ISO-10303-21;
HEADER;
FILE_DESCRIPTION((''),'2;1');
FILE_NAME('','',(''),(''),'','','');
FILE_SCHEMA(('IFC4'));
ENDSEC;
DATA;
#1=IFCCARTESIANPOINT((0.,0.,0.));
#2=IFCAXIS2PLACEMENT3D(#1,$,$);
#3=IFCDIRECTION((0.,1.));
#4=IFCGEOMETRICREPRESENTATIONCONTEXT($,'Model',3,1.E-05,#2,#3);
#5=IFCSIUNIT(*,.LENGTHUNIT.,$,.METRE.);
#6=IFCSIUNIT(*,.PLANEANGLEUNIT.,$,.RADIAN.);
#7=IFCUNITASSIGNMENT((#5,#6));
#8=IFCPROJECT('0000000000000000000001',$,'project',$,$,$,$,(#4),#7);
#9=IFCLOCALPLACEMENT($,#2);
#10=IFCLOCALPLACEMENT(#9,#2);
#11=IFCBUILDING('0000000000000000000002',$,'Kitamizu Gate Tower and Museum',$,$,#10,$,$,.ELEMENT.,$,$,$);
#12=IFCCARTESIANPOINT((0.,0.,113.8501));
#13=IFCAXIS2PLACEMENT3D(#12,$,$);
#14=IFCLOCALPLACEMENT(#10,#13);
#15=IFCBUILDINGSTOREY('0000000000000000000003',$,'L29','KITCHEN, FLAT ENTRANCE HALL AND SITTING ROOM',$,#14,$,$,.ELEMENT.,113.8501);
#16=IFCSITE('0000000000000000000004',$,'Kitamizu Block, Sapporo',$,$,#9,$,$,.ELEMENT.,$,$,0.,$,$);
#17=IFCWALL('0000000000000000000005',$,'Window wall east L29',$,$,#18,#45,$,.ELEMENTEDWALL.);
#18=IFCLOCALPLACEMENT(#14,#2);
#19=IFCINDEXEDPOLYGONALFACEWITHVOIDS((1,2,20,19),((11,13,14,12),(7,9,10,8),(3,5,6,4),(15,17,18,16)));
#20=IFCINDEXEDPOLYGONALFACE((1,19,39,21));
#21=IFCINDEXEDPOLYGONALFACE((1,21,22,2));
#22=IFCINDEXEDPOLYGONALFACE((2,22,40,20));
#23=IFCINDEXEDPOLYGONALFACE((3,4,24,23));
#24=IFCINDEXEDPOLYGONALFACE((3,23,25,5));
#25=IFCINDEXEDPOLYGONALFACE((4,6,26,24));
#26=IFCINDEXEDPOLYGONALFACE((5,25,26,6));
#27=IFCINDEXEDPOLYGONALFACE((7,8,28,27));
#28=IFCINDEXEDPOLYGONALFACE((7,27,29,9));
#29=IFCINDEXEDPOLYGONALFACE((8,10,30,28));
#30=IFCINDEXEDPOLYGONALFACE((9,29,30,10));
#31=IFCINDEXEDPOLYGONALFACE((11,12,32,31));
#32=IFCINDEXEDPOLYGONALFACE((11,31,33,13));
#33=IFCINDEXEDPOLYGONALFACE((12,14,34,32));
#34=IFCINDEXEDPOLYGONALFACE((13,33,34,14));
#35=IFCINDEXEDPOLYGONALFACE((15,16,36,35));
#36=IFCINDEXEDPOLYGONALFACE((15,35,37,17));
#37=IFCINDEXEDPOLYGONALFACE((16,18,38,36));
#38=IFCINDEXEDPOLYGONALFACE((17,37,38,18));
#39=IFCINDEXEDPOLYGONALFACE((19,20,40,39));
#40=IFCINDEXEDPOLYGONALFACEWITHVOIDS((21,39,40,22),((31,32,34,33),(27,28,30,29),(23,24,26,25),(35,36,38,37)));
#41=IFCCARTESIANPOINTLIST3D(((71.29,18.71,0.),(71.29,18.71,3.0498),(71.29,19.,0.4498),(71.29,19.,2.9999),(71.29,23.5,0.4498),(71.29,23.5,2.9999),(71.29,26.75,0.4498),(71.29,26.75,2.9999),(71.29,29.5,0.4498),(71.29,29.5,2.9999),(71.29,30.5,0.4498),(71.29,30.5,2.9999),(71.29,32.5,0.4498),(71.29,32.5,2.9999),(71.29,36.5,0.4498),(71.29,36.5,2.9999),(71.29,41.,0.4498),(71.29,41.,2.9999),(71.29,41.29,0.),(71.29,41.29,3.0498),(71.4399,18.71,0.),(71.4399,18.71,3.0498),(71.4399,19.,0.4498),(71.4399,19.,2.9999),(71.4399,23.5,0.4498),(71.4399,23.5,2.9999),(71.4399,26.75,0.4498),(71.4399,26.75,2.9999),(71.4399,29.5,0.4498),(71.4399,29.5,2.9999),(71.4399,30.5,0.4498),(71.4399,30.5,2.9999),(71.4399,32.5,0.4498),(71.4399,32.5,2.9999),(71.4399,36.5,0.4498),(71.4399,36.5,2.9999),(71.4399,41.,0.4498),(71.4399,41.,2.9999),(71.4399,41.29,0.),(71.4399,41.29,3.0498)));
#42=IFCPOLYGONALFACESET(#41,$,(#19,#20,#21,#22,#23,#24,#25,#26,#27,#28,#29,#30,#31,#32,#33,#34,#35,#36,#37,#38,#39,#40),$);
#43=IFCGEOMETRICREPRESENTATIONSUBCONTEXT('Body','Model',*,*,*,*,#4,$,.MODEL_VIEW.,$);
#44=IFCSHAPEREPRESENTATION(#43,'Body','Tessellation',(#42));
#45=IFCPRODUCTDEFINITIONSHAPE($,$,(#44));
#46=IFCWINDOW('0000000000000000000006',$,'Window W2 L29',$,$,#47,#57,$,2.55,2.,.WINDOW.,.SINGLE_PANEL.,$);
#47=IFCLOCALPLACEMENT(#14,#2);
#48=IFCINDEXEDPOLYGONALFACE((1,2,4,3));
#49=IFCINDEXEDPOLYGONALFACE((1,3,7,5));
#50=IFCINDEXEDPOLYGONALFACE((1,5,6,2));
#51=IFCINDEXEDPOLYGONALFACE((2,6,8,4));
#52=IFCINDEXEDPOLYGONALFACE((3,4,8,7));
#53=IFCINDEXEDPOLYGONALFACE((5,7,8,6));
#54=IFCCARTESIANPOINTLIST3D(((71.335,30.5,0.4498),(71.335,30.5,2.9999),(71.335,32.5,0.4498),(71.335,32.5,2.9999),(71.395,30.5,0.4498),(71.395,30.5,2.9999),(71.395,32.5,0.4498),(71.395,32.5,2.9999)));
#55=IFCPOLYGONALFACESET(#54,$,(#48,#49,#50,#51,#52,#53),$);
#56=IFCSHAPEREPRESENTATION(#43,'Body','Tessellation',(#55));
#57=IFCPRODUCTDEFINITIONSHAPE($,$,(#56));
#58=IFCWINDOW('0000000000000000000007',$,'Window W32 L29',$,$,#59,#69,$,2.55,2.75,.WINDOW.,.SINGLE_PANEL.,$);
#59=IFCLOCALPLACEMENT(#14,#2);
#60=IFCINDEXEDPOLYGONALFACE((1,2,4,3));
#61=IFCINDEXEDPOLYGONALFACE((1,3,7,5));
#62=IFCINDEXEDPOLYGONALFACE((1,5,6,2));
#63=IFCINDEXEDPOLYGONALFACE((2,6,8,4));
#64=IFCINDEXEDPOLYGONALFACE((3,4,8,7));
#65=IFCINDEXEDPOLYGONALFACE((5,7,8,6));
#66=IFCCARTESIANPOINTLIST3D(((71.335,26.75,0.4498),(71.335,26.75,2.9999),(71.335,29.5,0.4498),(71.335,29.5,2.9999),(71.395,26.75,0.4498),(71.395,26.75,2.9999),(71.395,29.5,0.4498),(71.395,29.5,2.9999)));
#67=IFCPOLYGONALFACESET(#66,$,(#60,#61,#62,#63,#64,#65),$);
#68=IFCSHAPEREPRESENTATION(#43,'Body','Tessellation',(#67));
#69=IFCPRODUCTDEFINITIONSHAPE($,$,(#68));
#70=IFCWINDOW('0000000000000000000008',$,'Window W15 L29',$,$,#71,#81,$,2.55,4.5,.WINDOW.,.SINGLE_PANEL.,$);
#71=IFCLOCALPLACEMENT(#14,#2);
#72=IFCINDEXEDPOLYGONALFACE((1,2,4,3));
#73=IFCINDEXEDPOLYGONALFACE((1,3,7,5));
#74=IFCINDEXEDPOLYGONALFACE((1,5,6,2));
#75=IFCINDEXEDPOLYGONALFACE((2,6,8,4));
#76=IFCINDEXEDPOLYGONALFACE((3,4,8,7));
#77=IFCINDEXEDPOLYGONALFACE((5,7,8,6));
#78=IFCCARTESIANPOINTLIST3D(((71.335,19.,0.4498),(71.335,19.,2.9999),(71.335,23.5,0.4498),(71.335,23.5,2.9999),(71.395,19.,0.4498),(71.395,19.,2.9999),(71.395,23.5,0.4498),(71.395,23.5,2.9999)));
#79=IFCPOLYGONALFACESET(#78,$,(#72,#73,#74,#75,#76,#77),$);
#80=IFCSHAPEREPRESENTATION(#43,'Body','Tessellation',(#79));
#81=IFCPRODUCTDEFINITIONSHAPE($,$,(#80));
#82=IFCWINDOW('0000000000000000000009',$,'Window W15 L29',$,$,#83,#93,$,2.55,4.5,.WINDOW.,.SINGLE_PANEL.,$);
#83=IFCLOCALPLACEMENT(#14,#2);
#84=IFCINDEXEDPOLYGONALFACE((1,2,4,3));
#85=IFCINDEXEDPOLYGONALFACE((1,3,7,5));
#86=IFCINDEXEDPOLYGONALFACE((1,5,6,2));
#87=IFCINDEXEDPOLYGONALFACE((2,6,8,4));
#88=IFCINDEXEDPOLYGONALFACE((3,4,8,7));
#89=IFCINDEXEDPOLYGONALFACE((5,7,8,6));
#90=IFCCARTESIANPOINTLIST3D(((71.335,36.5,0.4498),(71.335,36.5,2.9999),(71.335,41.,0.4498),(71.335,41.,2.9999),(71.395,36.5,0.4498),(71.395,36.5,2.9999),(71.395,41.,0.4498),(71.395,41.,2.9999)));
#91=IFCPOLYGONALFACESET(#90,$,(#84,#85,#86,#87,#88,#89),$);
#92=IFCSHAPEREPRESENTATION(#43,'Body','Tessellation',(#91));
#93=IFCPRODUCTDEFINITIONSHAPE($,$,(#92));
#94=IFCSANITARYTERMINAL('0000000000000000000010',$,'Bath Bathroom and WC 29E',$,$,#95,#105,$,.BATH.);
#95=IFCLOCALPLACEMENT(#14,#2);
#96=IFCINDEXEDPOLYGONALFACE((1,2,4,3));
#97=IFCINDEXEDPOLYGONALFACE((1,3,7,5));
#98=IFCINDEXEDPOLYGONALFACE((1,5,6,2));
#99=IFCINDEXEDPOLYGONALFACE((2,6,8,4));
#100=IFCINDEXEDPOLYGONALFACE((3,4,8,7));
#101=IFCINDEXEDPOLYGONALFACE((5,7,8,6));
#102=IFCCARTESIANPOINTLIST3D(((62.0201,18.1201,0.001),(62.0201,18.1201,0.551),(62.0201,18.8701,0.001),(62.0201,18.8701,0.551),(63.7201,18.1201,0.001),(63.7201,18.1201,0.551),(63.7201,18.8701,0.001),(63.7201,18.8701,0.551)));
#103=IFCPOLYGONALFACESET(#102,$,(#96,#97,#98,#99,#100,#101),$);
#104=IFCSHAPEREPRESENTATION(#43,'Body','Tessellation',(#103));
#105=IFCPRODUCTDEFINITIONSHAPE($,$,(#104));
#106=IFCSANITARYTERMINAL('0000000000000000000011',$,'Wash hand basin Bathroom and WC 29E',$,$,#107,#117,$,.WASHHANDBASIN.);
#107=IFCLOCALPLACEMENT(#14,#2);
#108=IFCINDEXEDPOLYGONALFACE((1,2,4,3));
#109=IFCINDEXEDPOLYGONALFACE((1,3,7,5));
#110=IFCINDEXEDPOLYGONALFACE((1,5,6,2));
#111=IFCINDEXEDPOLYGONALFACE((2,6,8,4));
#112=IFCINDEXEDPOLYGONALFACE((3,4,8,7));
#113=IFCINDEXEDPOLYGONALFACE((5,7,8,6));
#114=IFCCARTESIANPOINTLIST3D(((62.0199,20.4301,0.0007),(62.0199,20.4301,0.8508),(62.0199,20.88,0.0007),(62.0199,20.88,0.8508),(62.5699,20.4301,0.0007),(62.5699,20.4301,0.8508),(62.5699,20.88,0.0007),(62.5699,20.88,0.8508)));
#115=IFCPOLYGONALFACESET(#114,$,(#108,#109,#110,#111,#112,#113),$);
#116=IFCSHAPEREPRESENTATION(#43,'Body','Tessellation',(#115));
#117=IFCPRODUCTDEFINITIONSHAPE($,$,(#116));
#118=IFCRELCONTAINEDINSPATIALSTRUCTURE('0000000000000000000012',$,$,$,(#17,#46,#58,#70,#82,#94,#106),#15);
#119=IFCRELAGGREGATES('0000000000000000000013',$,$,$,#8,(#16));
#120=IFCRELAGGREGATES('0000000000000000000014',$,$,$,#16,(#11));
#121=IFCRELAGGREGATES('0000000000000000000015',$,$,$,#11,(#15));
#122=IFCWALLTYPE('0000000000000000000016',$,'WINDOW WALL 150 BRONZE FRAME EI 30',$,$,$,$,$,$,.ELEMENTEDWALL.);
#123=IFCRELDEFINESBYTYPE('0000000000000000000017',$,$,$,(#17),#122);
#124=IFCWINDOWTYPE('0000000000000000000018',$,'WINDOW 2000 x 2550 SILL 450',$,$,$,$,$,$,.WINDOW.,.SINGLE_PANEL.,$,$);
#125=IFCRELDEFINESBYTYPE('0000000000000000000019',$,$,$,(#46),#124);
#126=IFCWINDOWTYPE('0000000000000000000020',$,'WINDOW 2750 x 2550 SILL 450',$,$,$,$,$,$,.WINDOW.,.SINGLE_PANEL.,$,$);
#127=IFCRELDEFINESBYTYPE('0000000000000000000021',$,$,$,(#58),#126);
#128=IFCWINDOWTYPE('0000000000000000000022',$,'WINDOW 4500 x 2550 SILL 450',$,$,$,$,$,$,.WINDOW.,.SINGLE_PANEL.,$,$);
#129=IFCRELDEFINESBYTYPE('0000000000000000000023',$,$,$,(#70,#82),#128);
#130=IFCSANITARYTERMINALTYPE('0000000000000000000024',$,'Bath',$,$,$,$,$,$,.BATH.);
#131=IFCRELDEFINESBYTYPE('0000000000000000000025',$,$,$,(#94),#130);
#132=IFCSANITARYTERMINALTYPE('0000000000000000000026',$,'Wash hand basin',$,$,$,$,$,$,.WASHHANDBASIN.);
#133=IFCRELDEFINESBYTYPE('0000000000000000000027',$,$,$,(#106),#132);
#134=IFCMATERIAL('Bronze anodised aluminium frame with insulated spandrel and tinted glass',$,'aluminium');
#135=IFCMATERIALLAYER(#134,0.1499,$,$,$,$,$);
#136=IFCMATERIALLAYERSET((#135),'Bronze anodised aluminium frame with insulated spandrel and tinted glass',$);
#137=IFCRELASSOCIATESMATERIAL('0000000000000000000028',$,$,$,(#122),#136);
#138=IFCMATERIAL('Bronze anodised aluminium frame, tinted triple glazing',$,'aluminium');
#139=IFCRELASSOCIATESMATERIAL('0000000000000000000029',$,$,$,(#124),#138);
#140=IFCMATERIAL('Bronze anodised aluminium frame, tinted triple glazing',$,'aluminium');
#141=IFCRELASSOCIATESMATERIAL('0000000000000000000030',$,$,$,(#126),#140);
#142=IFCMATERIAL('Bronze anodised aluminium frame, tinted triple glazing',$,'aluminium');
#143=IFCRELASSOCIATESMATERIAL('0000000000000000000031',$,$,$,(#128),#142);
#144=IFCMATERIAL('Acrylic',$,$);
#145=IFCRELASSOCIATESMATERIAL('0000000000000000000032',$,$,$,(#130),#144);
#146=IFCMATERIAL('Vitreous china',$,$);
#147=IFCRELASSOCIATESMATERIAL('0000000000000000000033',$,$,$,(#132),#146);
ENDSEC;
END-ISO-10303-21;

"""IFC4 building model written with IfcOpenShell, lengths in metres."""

from ifc_helpers import new_model, si_unit, direction, frame, frame_2d, origin, origin_2d, place, context, subcontext, project, spatial, rectangle, extrude, material, layer, layer_set, type_object, element, fill, save


model = new_model("IFC4")

# Units and contexts
model_context = context("Model", 3, precision=1e-05, world=origin(), true_north=direction((0.0, 1.0)))
body_context = subcontext(model_context, "Body", "Model", "MODEL_VIEW")
ifc_project = project(units=[si_unit("LENGTHUNIT", "METRE"), si_unit("PLANEANGLEUNIT", "RADIAN")], contexts=[model_context])

# Site, building, storey
site_placement = place(None, origin())
site = spatial("IfcSite", under=ifc_project, at=site_placement, Name="Kitamizu Block, Sapporo", CompositionType="ELEMENT", RefElevation=0.0)
building_placement = place(site_placement, origin())
building = spatial("IfcBuilding", under=site, at=building_placement, Name="Kitamizu Gate Tower and Museum", CompositionType="ELEMENT")
storey_placement = place(building_placement, frame((0.0, 0.0, 113.8501)))
storey = spatial("IfcBuildingStorey", under=building, at=storey_placement, Name="L29", Description="KITCHEN, FLAT ENTRANCE HALL AND SITTING ROOM", CompositionType="ELEMENT", Elevation=113.8501)

# Shared definitions
ifc_material_1 = material(Name="Bronze anodised aluminium frame with insulated spandrel and tinted glass", Category="aluminium")
ifc_layer_1 = layer(ifc_material_1, 0.1499)
ifc_layer_set_1 = layer_set([ifc_layer_1], Name="Bronze anodised aluminium frame with insulated spandrel and tinted glass")
wall_type_1 = type_object("IfcWallType", Name="WINDOW WALL 150 BRONZE FRAME EI 30", PredefinedType="ELEMENTEDWALL", material=ifc_layer_set_1)

# Wall, openings, windows
wall_1_placement = place(storey_placement, frame((71.365, 18.71, 0.0), z_axis=(0.0, 0.0, 1.0), x_axis=(0.0, 1.0, 0.0)))
wall_1 = element("IfcWall", 1, at=wall_1_placement, inside=storey, type_object=wall_type_1, Name="Window wall east L29", PredefinedType="ELEMENTEDWALL", context=body_context, shape_type="SweptSolid", body=[
    extrude(rectangle(XDim=22.5801, YDim=0.1499, at=frame_2d((11.29, 0.0))), origin(), (0.0, 0.0, 1.0), 3.0498),
])
opening_1_placement = place(wall_1_placement, frame((0.29, 0.0, 0.45)))
opening_1 = element("IfcOpeningElement", 2, at=opening_1_placement, cuts=wall_1, PredefinedType="OPENING", context=body_context, shape_type="SweptSolid", body=[
    extrude(rectangle(XDim=4.5, YDim=2.55, at=frame_2d((2.25, 1.2749))), frame((0.0, 0.085, 0.0), z_axis=(0.0, -1.0, 0.0), x_axis=(1.0, 0.0, 0.0)), (0.0, 0.0, 1.0), 0.1699),
])
opening_2_placement = place(wall_1_placement, frame((8.04, 0.0, 0.45)))
opening_2 = element("IfcOpeningElement", 3, at=opening_2_placement, cuts=wall_1, PredefinedType="OPENING", context=body_context, shape_type="SweptSolid", body=[
    extrude(rectangle(XDim=2.75, YDim=2.55, at=frame_2d((1.375, 1.2749))), frame((0.0, 0.085, 0.0), z_axis=(0.0, -1.0, 0.0), x_axis=(1.0, 0.0, 0.0)), (0.0, 0.0, 1.0), 0.1699),
])
opening_3_placement = place(wall_1_placement, frame((11.79, 0.0, 0.45)))
opening_3 = element("IfcOpeningElement", 4, at=opening_3_placement, cuts=wall_1, PredefinedType="OPENING", context=body_context, shape_type="SweptSolid", body=[
    extrude(rectangle(XDim=2.0, YDim=2.55, at=frame_2d((1.0, 1.2749))), frame((0.0, 0.085, 0.0), z_axis=(0.0, -1.0, 0.0), x_axis=(1.0, 0.0, 0.0)), (0.0, 0.0, 1.0), 0.1699),
])
opening_4_placement = place(wall_1_placement, frame((17.79, 0.0, 0.45)))
opening_4 = element("IfcOpeningElement", 5, at=opening_4_placement, cuts=wall_1, PredefinedType="OPENING", context=body_context, shape_type="SweptSolid", body=[
    extrude(rectangle(XDim=4.5, YDim=2.55, at=frame_2d((2.25, 1.2749))), frame((0.0, 0.085, 0.0), z_axis=(0.0, -1.0, 0.0), x_axis=(1.0, 0.0, 0.0)), (0.0, 0.0, 1.0), 0.1699),
])
ifc_material_2 = material(Name="Bronze anodised aluminium frame, tinted triple glazing", Category="aluminium")
window_type_1 = type_object("IfcWindowType", Name="WINDOW 2000 x 2550 SILL 450", PartitioningType="SINGLE_PANEL", PredefinedType="WINDOW", material=ifc_material_2)
window_1_placement = place(opening_3_placement, origin())
window_1 = element("IfcWindow", 6, at=window_1_placement, inside=storey, type_object=window_type_1, Name="Window W2 L29", OverallHeight=2.55, OverallWidth=2.0, PartitioningType="SINGLE_PANEL", PredefinedType="WINDOW", context=body_context, shape_type="SweptSolid", body=[
    extrude(rectangle(XDim=2.0, YDim=2.55, at=frame_2d((1.0, 1.2749))), frame((0.0, 0.03, 0.0), z_axis=(0.0, -1.0, 0.0), x_axis=(1.0, 0.0, 0.0)), (0.0, 0.0, 1.0), 0.0601),
])
fill(opening_3, window_1)
ifc_material_3 = material(Name="Bronze anodised aluminium frame, tinted triple glazing", Category="aluminium")
window_type_2 = type_object("IfcWindowType", Name="WINDOW 2750 x 2550 SILL 450", PartitioningType="SINGLE_PANEL", PredefinedType="WINDOW", material=ifc_material_3)
window_2_placement = place(opening_2_placement, origin())
window_2 = element("IfcWindow", 7, at=window_2_placement, inside=storey, type_object=window_type_2, Name="Window W32 L29", OverallHeight=2.55, OverallWidth=2.75, PartitioningType="SINGLE_PANEL", PredefinedType="WINDOW", context=body_context, shape_type="SweptSolid", body=[
    extrude(rectangle(XDim=2.75, YDim=2.55, at=frame_2d((1.375, 1.2749))), frame((0.0, 0.03, 0.0), z_axis=(0.0, -1.0, 0.0), x_axis=(1.0, 0.0, 0.0)), (0.0, 0.0, 1.0), 0.0601),
])
fill(opening_2, window_2)
ifc_material_4 = material(Name="Bronze anodised aluminium frame, tinted triple glazing", Category="aluminium")
window_type_3 = type_object("IfcWindowType", Name="WINDOW 4500 x 2550 SILL 450", PartitioningType="SINGLE_PANEL", PredefinedType="WINDOW", material=ifc_material_4)
window_3_placement = place(opening_1_placement, origin())
window_3 = element("IfcWindow", 8, at=window_3_placement, inside=storey, type_object=window_type_3, Name="Window W15 L29", OverallHeight=2.55, OverallWidth=4.5, PartitioningType="SINGLE_PANEL", PredefinedType="WINDOW", context=body_context, shape_type="SweptSolid", body=[
    extrude(rectangle(XDim=4.5, YDim=2.55, at=frame_2d((2.25, 1.2749))), frame((0.0, 0.03, 0.0), z_axis=(0.0, -1.0, 0.0), x_axis=(1.0, 0.0, 0.0)), (0.0, 0.0, 1.0), 0.0601),
])
fill(opening_1, window_3)
window_4_placement = place(opening_4_placement, origin())
window_4 = element("IfcWindow", 9, at=window_4_placement, inside=storey, type_object=window_type_3, Name="Window W15 L29", OverallHeight=2.55, OverallWidth=4.5, PartitioningType="SINGLE_PANEL", PredefinedType="WINDOW", context=body_context, shape_type="SweptSolid", body=[
    extrude(rectangle(XDim=4.5, YDim=2.55, at=frame_2d((2.25, 1.2749))), frame((0.0, 0.03, 0.0), z_axis=(0.0, -1.0, 0.0), x_axis=(1.0, 0.0, 0.0)), (0.0, 0.0, 1.0), 0.0601),
])
fill(opening_4, window_4)

# Sanitary terminals
ifc_material_5 = material(Name="Acrylic")
sanitary_terminal_type_1 = type_object("IfcSanitaryTerminalType", Name="Bath", PredefinedType="BATH", material=ifc_material_5)
sanitary_terminal_1_placement = place(storey_placement, frame((62.8701, 18.4951, 0.001), z_axis=(0.0, 0.0, 1.0), x_axis=(1.0, 0.0, 0.0)))
element("IfcSanitaryTerminal", 10, at=sanitary_terminal_1_placement, inside=storey, type_object=sanitary_terminal_type_1, Name="Bath Bathroom and WC 29E", PredefinedType="BATH", context=body_context, shape_type="SweptSolid", body=[
    extrude(rectangle(XDim=1.7, YDim=0.75, at=origin_2d()), origin(), (0.0, 0.0, 1.0), 0.55),
])
ifc_material_6 = material(Name="Vitreous china")
sanitary_terminal_type_2 = type_object("IfcSanitaryTerminalType", Name="Wash hand basin", PredefinedType="WASHHANDBASIN", material=ifc_material_6)
sanitary_terminal_2_placement = place(storey_placement, frame((62.2949, 20.655, 0.0007), z_axis=(0.0, 0.0, 1.0), x_axis=(1.0, 0.0, 0.0)))
element("IfcSanitaryTerminal", 11, at=sanitary_terminal_2_placement, inside=storey, type_object=sanitary_terminal_type_2, Name="Wash hand basin Bathroom and WC 29E", PredefinedType="WASHHANDBASIN", context=body_context, shape_type="SweptSolid", body=[
    extrude(rectangle(XDim=0.55, YDim=0.45, at=origin_2d()), origin(), (0.0, 0.0, 1.0), 0.8501),
])

save(model, "model.ifc")
